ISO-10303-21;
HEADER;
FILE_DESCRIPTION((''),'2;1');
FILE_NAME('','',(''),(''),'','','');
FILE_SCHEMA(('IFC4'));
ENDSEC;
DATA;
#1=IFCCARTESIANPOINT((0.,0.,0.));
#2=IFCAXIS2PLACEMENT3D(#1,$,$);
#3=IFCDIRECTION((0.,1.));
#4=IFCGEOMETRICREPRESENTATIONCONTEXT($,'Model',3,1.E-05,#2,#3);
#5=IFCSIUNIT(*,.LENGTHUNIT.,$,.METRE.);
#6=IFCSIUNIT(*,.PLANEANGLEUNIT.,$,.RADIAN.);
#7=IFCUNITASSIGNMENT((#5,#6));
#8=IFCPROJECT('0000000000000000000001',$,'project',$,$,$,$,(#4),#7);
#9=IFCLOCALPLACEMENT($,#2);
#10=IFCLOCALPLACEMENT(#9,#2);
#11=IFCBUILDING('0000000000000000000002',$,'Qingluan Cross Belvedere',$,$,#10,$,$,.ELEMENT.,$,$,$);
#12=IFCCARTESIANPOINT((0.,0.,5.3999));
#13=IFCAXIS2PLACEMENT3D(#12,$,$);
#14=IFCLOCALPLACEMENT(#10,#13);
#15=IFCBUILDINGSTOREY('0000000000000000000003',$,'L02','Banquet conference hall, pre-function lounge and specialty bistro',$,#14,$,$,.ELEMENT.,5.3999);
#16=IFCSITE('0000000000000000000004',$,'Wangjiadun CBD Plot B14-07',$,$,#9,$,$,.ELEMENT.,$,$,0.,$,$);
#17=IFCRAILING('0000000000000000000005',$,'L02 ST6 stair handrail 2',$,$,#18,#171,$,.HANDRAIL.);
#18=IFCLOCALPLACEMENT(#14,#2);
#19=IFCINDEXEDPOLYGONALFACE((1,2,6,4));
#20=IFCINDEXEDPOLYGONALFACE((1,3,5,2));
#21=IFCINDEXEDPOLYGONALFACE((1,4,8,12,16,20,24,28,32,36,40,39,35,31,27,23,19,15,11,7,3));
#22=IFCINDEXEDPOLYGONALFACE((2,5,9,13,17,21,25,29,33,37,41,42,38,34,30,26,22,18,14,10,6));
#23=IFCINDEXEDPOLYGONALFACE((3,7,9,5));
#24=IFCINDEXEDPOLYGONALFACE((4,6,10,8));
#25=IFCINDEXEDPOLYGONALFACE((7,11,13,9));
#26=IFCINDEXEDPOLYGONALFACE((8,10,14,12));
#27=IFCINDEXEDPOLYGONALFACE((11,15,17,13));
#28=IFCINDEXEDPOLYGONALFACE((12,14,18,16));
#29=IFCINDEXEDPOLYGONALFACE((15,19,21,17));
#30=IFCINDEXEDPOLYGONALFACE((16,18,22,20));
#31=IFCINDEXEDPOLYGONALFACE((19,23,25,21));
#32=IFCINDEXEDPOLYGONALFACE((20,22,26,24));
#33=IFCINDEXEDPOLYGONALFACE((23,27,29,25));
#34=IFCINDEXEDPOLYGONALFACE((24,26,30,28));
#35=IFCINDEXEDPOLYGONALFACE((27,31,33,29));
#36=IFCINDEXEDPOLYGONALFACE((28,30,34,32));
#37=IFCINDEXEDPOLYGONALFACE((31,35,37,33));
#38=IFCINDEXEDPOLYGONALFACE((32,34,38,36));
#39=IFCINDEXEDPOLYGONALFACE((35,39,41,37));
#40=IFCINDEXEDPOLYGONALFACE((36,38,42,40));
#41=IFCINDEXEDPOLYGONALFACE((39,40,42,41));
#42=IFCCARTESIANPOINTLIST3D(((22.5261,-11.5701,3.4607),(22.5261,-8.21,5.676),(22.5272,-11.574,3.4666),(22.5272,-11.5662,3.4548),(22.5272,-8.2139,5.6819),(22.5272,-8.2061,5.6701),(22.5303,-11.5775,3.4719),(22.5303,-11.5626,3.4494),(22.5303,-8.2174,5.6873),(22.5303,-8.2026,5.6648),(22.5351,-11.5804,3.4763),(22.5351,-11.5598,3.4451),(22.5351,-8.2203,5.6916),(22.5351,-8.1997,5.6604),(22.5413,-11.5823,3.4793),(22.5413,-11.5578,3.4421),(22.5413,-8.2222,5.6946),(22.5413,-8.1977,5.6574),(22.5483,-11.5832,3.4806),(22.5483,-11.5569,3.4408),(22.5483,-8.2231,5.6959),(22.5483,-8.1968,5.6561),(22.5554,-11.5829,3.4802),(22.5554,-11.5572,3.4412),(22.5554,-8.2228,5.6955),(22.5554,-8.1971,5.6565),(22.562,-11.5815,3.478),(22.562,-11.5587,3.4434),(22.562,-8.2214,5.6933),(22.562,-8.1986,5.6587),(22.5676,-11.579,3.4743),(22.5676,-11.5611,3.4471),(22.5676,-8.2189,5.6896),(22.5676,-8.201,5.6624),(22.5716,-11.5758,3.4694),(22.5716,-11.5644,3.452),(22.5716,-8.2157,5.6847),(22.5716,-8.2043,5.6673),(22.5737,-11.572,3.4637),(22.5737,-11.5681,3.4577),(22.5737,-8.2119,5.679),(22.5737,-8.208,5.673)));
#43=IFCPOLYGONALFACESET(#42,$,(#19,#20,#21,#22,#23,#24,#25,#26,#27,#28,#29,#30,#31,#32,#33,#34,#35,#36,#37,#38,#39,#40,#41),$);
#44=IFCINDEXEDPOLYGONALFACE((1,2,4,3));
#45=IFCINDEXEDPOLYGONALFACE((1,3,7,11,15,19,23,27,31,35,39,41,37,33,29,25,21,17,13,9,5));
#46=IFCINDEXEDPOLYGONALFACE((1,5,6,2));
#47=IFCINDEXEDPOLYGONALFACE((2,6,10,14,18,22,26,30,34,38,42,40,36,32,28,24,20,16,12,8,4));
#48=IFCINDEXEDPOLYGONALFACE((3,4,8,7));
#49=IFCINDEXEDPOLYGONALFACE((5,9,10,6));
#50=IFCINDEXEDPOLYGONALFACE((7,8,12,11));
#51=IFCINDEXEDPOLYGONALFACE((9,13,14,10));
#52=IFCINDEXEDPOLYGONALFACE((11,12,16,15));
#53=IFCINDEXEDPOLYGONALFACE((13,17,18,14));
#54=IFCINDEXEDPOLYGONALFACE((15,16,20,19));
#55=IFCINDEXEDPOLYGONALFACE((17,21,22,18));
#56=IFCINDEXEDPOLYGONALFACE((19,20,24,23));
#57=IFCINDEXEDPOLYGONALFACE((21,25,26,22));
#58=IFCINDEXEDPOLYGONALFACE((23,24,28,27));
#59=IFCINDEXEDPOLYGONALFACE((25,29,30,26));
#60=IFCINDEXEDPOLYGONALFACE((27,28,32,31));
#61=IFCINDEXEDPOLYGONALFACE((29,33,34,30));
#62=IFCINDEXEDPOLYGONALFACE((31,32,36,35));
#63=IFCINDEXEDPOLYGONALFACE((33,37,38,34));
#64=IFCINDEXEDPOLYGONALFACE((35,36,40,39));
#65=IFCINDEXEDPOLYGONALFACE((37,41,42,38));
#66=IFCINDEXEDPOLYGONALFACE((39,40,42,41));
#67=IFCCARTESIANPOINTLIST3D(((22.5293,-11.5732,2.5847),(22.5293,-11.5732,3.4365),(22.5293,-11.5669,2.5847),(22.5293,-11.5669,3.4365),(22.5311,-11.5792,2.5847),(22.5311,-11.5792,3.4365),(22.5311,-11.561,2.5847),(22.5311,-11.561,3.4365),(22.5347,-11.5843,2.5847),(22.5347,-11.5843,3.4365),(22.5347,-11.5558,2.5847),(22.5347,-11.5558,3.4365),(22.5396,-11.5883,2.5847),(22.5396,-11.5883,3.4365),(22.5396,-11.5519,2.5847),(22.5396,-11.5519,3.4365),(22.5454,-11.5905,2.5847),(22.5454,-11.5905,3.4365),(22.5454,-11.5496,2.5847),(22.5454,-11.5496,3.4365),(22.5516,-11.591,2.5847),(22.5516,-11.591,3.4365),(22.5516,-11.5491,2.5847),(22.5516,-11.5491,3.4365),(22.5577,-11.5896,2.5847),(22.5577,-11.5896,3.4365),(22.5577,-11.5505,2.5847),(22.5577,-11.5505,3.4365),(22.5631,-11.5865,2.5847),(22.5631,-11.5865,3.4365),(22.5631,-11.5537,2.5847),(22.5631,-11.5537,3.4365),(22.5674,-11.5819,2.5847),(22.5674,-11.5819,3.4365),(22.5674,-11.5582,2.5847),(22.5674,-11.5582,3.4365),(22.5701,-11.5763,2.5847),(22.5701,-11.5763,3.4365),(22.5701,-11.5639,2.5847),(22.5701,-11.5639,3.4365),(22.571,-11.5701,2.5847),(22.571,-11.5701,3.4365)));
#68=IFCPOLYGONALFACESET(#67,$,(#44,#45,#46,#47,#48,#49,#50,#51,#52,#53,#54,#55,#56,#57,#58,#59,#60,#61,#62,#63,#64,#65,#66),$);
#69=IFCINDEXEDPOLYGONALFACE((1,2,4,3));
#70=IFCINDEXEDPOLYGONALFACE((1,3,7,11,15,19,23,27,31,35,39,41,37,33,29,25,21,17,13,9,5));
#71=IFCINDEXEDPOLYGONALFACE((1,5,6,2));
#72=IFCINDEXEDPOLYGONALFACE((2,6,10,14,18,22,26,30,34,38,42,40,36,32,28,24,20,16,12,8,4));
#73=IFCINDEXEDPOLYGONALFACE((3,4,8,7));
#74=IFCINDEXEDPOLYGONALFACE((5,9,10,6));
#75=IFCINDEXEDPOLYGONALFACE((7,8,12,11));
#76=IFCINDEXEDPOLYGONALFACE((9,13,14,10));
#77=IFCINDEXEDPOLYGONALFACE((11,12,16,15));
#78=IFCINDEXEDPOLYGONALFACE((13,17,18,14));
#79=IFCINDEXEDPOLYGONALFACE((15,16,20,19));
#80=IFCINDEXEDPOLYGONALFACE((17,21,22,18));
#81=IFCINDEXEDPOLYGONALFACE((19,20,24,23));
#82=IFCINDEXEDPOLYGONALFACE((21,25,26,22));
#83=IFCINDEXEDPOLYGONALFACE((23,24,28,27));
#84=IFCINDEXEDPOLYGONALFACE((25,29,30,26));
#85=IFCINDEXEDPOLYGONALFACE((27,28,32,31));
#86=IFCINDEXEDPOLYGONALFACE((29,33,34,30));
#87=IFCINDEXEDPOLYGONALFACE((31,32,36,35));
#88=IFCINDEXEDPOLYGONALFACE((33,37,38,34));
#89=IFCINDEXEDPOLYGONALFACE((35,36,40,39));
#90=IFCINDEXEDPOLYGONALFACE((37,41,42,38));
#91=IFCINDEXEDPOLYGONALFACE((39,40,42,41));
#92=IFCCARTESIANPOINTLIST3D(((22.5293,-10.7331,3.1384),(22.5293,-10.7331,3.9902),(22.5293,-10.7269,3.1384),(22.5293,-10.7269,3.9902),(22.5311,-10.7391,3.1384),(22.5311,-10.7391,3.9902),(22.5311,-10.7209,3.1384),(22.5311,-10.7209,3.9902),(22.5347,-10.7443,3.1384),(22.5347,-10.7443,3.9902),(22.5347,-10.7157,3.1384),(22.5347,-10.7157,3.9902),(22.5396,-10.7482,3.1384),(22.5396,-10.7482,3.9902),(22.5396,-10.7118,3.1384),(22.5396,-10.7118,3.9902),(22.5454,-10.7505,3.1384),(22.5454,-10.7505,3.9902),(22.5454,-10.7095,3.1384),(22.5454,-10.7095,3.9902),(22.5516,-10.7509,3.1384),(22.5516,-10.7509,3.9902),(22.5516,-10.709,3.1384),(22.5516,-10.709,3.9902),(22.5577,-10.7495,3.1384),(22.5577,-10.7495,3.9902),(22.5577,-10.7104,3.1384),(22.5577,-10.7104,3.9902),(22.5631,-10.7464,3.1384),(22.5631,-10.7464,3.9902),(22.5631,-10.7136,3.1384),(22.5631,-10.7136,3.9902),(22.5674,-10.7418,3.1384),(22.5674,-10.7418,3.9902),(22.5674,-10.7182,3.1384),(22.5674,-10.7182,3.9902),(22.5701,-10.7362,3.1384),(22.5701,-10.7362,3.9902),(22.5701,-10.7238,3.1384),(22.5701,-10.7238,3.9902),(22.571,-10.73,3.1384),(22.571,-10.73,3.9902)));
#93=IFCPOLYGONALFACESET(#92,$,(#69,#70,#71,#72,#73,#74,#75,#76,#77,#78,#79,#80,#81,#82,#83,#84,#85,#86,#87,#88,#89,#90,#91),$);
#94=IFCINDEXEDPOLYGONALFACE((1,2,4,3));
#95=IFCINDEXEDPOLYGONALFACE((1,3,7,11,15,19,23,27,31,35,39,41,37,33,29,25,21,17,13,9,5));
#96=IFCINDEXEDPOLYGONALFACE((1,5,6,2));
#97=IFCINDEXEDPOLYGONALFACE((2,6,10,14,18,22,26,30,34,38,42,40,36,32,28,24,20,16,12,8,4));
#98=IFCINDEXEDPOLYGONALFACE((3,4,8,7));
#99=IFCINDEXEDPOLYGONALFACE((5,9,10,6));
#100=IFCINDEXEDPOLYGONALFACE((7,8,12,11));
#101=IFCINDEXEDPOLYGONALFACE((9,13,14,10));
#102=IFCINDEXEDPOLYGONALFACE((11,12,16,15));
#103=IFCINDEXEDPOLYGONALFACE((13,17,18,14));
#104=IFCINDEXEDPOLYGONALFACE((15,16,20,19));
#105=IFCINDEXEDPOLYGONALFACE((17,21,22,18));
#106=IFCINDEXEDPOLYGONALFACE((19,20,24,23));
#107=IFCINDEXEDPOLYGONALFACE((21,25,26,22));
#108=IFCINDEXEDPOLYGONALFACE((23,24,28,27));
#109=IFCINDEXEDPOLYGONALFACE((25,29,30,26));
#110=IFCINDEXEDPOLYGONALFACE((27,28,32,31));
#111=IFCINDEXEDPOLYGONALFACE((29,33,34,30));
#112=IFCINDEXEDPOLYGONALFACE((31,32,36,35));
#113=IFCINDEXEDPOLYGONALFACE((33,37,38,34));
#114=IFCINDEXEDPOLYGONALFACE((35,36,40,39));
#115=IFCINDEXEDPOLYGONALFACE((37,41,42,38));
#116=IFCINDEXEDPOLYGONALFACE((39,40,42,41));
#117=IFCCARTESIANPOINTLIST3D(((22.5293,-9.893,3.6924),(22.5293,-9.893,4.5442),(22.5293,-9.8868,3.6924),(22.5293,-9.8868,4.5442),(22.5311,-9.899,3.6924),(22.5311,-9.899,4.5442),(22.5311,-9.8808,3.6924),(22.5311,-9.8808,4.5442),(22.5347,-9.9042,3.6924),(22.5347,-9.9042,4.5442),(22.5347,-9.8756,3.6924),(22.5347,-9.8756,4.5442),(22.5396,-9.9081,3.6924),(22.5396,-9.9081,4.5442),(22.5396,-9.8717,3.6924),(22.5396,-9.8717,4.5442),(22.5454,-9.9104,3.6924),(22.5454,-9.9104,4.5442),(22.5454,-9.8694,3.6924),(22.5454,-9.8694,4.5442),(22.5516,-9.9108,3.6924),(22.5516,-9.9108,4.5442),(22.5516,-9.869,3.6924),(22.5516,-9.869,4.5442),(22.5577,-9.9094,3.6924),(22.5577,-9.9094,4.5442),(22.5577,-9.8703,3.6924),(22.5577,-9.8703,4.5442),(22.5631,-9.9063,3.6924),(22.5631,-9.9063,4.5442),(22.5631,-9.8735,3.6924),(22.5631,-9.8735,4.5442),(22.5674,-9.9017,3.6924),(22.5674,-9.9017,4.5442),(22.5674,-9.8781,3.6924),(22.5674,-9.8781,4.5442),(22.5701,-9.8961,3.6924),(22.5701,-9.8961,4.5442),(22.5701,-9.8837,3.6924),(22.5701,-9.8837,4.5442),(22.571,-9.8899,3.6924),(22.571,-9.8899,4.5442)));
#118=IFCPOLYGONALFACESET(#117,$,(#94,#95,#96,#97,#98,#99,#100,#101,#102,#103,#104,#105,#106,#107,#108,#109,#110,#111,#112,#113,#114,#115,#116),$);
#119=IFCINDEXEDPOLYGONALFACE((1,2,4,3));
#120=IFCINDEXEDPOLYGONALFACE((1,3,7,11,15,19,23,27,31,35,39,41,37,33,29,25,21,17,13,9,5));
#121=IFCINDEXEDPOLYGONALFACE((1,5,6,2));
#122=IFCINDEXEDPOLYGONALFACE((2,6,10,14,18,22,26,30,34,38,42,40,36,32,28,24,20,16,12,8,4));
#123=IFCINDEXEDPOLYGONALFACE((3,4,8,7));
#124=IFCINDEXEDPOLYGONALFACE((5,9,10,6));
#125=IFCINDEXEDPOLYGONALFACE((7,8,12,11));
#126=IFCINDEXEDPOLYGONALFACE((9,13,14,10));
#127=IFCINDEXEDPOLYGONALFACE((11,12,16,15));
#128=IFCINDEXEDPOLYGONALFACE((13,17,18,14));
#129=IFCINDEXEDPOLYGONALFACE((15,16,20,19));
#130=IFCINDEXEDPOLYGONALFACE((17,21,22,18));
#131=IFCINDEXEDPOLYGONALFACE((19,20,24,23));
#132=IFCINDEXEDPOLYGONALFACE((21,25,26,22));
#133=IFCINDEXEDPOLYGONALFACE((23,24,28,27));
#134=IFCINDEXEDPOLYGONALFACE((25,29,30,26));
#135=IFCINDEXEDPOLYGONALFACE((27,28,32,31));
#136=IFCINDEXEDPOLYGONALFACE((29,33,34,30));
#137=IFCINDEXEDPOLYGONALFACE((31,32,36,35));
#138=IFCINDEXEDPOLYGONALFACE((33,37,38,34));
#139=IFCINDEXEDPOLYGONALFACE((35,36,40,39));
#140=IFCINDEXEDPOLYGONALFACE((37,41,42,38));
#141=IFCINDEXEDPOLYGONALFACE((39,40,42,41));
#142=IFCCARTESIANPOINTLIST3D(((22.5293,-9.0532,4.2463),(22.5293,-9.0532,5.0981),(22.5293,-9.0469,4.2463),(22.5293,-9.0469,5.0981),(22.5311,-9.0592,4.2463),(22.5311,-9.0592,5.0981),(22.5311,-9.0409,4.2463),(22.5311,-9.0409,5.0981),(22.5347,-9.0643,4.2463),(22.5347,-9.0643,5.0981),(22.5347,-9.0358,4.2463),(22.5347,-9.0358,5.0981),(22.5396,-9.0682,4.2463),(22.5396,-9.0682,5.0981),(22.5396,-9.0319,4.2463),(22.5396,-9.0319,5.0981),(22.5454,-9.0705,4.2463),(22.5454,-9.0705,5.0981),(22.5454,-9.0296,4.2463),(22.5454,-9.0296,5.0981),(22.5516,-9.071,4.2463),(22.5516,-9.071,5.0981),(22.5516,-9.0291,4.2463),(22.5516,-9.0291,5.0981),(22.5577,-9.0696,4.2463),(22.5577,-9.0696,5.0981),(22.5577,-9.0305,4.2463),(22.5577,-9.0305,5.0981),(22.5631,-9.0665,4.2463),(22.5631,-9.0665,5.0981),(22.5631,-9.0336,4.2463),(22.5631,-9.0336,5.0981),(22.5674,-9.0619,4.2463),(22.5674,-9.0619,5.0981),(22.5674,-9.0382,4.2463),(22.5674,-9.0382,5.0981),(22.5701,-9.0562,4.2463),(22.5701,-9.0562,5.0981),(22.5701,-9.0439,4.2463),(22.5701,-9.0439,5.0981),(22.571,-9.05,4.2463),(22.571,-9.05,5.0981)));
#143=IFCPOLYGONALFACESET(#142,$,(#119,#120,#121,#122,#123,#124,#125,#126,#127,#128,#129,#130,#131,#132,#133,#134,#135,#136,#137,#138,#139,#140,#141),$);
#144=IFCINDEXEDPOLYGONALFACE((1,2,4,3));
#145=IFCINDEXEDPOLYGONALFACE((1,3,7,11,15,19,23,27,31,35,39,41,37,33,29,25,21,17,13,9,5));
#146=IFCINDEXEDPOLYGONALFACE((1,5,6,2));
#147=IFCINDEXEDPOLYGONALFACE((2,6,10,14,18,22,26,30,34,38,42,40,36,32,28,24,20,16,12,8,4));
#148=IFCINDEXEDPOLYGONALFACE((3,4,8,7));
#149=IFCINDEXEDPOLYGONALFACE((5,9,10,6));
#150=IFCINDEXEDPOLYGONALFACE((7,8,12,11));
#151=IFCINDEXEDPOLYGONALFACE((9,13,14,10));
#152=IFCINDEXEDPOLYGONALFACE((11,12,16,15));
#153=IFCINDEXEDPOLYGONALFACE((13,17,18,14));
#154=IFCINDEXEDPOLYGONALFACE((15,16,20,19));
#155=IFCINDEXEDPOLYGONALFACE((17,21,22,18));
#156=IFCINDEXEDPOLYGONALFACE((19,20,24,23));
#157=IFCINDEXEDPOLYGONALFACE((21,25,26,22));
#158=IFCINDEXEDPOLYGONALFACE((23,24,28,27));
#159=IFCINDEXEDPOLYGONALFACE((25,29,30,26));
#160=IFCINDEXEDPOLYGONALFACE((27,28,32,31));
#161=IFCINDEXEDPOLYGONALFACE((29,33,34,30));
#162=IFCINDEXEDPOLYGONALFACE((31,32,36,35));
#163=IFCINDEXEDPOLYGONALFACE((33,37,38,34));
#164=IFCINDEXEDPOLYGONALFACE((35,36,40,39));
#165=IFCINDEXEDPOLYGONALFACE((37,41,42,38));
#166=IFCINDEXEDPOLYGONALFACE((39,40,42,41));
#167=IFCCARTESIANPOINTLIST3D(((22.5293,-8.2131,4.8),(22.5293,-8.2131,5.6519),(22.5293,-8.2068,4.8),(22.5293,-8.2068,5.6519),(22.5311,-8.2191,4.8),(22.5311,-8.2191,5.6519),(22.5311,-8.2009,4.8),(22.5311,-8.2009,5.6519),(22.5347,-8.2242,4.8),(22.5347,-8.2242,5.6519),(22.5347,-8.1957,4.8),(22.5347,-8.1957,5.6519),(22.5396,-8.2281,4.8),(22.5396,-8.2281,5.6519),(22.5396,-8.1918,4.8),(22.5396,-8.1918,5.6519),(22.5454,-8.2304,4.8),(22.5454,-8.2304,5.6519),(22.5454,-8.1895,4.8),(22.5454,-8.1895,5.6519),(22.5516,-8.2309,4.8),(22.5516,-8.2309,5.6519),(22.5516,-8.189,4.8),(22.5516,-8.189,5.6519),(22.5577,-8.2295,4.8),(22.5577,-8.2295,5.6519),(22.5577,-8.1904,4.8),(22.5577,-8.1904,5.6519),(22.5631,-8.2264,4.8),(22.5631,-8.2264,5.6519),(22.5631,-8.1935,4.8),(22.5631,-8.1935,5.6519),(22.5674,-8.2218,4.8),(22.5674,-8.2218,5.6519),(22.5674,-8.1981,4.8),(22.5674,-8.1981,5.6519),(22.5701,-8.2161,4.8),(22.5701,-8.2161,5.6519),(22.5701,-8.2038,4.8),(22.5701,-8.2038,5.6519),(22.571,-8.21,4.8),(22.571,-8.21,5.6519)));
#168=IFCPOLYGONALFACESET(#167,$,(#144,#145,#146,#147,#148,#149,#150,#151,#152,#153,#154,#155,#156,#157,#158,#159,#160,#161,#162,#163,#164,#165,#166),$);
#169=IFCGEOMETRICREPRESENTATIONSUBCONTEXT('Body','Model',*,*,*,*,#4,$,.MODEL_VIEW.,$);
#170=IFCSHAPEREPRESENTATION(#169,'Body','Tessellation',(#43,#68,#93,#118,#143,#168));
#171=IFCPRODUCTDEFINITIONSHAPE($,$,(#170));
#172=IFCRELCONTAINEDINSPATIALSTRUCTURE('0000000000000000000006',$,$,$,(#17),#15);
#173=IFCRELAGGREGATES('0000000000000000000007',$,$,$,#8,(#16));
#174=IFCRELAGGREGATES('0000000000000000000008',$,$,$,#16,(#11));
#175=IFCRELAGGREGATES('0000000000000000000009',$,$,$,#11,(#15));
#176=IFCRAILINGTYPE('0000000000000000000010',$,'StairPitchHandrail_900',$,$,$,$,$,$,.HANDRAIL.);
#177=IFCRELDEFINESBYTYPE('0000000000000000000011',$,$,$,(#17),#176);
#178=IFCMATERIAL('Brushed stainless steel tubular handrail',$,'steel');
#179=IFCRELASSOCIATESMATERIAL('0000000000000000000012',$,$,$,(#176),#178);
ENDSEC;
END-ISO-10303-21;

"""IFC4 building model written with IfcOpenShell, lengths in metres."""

from ifc_helpers import new_model, si_unit, direction, frame, origin, origin_2d, place, context, subcontext, project, spatial, circle, extrude, material, type_object, element, save


model = new_model("IFC4")

# Units and contexts
model_context = context("Model", 3, precision=1e-05, world=origin(), true_north=direction((0.0, 1.0)))
body_context = subcontext(model_context, "Body", "Model", "MODEL_VIEW")
ifc_project = project(units=[si_unit("LENGTHUNIT", "METRE"), si_unit("PLANEANGLEUNIT", "RADIAN")], contexts=[model_context])

# Site, building, storey
site_placement = place(None, origin())
site = spatial("IfcSite", under=ifc_project, at=site_placement, Name="Wangjiadun CBD Plot B14-07", CompositionType="ELEMENT", RefElevation=0.0)
building_placement = place(site_placement, origin())
building = spatial("IfcBuilding", under=site, at=building_placement, Name="Qingluan Cross Belvedere", CompositionType="ELEMENT")
storey_placement = place(building_placement, frame((0.0, 0.0, 5.3999)))
storey = spatial("IfcBuildingStorey", under=building, at=storey_placement, Name="L02", Description="Banquet conference hall, pre-function lounge and specialty bistro", CompositionType="ELEMENT", Elevation=5.3999)

# Railing
ifc_material_1 = material(Name="Brushed stainless steel tubular handrail", Category="steel")
railing_type_1 = type_object("IfcRailingType", Name="StairPitchHandrail_900", PredefinedType="HANDRAIL", material=ifc_material_1)
railing_1_placement = place(storey_placement, frame((22.55, -11.5701, 2.5847)))
element("IfcRailing", 1, at=railing_1_placement, inside=storey, type_object=railing_type_1, Name="L02 ST6 stair handrail 2", PredefinedType="HANDRAIL", context=body_context, shape_type="SweptSolid", body=[
    extrude(circle(Radius=0.0239, at=origin_2d()), frame((0.0, 0.0, 0.876), z_axis=(0.0, 0.834876, 0.550437), x_axis=(-1.0, 0.0, 0.0)), (0.0, 0.0, 1.0), 4.0247),
    extrude(circle(Radius=0.021, at=origin_2d()), origin(), (0.0, 0.0, 1.0), 0.8518),
    extrude(circle(Radius=0.021, at=origin_2d()), frame((0.0, 0.8401, 0.5537)), (0.0, 0.0, 1.0), 0.8518),
    extrude(circle(Radius=0.021, at=origin_2d()), frame((0.0, 1.6802, 1.1077)), (0.0, 0.0, 1.0), 0.8518),
    extrude(circle(Radius=0.021, at=origin_2d()), frame((0.0, 2.52, 1.6616)), (0.0, 0.0, 1.0), 0.8518),
    extrude(circle(Radius=0.021, at=origin_2d()), frame((0.0, 3.3601, 2.2153)), (0.0, 0.0, 1.0), 0.8518),
])

save(model, "model.ifc")
